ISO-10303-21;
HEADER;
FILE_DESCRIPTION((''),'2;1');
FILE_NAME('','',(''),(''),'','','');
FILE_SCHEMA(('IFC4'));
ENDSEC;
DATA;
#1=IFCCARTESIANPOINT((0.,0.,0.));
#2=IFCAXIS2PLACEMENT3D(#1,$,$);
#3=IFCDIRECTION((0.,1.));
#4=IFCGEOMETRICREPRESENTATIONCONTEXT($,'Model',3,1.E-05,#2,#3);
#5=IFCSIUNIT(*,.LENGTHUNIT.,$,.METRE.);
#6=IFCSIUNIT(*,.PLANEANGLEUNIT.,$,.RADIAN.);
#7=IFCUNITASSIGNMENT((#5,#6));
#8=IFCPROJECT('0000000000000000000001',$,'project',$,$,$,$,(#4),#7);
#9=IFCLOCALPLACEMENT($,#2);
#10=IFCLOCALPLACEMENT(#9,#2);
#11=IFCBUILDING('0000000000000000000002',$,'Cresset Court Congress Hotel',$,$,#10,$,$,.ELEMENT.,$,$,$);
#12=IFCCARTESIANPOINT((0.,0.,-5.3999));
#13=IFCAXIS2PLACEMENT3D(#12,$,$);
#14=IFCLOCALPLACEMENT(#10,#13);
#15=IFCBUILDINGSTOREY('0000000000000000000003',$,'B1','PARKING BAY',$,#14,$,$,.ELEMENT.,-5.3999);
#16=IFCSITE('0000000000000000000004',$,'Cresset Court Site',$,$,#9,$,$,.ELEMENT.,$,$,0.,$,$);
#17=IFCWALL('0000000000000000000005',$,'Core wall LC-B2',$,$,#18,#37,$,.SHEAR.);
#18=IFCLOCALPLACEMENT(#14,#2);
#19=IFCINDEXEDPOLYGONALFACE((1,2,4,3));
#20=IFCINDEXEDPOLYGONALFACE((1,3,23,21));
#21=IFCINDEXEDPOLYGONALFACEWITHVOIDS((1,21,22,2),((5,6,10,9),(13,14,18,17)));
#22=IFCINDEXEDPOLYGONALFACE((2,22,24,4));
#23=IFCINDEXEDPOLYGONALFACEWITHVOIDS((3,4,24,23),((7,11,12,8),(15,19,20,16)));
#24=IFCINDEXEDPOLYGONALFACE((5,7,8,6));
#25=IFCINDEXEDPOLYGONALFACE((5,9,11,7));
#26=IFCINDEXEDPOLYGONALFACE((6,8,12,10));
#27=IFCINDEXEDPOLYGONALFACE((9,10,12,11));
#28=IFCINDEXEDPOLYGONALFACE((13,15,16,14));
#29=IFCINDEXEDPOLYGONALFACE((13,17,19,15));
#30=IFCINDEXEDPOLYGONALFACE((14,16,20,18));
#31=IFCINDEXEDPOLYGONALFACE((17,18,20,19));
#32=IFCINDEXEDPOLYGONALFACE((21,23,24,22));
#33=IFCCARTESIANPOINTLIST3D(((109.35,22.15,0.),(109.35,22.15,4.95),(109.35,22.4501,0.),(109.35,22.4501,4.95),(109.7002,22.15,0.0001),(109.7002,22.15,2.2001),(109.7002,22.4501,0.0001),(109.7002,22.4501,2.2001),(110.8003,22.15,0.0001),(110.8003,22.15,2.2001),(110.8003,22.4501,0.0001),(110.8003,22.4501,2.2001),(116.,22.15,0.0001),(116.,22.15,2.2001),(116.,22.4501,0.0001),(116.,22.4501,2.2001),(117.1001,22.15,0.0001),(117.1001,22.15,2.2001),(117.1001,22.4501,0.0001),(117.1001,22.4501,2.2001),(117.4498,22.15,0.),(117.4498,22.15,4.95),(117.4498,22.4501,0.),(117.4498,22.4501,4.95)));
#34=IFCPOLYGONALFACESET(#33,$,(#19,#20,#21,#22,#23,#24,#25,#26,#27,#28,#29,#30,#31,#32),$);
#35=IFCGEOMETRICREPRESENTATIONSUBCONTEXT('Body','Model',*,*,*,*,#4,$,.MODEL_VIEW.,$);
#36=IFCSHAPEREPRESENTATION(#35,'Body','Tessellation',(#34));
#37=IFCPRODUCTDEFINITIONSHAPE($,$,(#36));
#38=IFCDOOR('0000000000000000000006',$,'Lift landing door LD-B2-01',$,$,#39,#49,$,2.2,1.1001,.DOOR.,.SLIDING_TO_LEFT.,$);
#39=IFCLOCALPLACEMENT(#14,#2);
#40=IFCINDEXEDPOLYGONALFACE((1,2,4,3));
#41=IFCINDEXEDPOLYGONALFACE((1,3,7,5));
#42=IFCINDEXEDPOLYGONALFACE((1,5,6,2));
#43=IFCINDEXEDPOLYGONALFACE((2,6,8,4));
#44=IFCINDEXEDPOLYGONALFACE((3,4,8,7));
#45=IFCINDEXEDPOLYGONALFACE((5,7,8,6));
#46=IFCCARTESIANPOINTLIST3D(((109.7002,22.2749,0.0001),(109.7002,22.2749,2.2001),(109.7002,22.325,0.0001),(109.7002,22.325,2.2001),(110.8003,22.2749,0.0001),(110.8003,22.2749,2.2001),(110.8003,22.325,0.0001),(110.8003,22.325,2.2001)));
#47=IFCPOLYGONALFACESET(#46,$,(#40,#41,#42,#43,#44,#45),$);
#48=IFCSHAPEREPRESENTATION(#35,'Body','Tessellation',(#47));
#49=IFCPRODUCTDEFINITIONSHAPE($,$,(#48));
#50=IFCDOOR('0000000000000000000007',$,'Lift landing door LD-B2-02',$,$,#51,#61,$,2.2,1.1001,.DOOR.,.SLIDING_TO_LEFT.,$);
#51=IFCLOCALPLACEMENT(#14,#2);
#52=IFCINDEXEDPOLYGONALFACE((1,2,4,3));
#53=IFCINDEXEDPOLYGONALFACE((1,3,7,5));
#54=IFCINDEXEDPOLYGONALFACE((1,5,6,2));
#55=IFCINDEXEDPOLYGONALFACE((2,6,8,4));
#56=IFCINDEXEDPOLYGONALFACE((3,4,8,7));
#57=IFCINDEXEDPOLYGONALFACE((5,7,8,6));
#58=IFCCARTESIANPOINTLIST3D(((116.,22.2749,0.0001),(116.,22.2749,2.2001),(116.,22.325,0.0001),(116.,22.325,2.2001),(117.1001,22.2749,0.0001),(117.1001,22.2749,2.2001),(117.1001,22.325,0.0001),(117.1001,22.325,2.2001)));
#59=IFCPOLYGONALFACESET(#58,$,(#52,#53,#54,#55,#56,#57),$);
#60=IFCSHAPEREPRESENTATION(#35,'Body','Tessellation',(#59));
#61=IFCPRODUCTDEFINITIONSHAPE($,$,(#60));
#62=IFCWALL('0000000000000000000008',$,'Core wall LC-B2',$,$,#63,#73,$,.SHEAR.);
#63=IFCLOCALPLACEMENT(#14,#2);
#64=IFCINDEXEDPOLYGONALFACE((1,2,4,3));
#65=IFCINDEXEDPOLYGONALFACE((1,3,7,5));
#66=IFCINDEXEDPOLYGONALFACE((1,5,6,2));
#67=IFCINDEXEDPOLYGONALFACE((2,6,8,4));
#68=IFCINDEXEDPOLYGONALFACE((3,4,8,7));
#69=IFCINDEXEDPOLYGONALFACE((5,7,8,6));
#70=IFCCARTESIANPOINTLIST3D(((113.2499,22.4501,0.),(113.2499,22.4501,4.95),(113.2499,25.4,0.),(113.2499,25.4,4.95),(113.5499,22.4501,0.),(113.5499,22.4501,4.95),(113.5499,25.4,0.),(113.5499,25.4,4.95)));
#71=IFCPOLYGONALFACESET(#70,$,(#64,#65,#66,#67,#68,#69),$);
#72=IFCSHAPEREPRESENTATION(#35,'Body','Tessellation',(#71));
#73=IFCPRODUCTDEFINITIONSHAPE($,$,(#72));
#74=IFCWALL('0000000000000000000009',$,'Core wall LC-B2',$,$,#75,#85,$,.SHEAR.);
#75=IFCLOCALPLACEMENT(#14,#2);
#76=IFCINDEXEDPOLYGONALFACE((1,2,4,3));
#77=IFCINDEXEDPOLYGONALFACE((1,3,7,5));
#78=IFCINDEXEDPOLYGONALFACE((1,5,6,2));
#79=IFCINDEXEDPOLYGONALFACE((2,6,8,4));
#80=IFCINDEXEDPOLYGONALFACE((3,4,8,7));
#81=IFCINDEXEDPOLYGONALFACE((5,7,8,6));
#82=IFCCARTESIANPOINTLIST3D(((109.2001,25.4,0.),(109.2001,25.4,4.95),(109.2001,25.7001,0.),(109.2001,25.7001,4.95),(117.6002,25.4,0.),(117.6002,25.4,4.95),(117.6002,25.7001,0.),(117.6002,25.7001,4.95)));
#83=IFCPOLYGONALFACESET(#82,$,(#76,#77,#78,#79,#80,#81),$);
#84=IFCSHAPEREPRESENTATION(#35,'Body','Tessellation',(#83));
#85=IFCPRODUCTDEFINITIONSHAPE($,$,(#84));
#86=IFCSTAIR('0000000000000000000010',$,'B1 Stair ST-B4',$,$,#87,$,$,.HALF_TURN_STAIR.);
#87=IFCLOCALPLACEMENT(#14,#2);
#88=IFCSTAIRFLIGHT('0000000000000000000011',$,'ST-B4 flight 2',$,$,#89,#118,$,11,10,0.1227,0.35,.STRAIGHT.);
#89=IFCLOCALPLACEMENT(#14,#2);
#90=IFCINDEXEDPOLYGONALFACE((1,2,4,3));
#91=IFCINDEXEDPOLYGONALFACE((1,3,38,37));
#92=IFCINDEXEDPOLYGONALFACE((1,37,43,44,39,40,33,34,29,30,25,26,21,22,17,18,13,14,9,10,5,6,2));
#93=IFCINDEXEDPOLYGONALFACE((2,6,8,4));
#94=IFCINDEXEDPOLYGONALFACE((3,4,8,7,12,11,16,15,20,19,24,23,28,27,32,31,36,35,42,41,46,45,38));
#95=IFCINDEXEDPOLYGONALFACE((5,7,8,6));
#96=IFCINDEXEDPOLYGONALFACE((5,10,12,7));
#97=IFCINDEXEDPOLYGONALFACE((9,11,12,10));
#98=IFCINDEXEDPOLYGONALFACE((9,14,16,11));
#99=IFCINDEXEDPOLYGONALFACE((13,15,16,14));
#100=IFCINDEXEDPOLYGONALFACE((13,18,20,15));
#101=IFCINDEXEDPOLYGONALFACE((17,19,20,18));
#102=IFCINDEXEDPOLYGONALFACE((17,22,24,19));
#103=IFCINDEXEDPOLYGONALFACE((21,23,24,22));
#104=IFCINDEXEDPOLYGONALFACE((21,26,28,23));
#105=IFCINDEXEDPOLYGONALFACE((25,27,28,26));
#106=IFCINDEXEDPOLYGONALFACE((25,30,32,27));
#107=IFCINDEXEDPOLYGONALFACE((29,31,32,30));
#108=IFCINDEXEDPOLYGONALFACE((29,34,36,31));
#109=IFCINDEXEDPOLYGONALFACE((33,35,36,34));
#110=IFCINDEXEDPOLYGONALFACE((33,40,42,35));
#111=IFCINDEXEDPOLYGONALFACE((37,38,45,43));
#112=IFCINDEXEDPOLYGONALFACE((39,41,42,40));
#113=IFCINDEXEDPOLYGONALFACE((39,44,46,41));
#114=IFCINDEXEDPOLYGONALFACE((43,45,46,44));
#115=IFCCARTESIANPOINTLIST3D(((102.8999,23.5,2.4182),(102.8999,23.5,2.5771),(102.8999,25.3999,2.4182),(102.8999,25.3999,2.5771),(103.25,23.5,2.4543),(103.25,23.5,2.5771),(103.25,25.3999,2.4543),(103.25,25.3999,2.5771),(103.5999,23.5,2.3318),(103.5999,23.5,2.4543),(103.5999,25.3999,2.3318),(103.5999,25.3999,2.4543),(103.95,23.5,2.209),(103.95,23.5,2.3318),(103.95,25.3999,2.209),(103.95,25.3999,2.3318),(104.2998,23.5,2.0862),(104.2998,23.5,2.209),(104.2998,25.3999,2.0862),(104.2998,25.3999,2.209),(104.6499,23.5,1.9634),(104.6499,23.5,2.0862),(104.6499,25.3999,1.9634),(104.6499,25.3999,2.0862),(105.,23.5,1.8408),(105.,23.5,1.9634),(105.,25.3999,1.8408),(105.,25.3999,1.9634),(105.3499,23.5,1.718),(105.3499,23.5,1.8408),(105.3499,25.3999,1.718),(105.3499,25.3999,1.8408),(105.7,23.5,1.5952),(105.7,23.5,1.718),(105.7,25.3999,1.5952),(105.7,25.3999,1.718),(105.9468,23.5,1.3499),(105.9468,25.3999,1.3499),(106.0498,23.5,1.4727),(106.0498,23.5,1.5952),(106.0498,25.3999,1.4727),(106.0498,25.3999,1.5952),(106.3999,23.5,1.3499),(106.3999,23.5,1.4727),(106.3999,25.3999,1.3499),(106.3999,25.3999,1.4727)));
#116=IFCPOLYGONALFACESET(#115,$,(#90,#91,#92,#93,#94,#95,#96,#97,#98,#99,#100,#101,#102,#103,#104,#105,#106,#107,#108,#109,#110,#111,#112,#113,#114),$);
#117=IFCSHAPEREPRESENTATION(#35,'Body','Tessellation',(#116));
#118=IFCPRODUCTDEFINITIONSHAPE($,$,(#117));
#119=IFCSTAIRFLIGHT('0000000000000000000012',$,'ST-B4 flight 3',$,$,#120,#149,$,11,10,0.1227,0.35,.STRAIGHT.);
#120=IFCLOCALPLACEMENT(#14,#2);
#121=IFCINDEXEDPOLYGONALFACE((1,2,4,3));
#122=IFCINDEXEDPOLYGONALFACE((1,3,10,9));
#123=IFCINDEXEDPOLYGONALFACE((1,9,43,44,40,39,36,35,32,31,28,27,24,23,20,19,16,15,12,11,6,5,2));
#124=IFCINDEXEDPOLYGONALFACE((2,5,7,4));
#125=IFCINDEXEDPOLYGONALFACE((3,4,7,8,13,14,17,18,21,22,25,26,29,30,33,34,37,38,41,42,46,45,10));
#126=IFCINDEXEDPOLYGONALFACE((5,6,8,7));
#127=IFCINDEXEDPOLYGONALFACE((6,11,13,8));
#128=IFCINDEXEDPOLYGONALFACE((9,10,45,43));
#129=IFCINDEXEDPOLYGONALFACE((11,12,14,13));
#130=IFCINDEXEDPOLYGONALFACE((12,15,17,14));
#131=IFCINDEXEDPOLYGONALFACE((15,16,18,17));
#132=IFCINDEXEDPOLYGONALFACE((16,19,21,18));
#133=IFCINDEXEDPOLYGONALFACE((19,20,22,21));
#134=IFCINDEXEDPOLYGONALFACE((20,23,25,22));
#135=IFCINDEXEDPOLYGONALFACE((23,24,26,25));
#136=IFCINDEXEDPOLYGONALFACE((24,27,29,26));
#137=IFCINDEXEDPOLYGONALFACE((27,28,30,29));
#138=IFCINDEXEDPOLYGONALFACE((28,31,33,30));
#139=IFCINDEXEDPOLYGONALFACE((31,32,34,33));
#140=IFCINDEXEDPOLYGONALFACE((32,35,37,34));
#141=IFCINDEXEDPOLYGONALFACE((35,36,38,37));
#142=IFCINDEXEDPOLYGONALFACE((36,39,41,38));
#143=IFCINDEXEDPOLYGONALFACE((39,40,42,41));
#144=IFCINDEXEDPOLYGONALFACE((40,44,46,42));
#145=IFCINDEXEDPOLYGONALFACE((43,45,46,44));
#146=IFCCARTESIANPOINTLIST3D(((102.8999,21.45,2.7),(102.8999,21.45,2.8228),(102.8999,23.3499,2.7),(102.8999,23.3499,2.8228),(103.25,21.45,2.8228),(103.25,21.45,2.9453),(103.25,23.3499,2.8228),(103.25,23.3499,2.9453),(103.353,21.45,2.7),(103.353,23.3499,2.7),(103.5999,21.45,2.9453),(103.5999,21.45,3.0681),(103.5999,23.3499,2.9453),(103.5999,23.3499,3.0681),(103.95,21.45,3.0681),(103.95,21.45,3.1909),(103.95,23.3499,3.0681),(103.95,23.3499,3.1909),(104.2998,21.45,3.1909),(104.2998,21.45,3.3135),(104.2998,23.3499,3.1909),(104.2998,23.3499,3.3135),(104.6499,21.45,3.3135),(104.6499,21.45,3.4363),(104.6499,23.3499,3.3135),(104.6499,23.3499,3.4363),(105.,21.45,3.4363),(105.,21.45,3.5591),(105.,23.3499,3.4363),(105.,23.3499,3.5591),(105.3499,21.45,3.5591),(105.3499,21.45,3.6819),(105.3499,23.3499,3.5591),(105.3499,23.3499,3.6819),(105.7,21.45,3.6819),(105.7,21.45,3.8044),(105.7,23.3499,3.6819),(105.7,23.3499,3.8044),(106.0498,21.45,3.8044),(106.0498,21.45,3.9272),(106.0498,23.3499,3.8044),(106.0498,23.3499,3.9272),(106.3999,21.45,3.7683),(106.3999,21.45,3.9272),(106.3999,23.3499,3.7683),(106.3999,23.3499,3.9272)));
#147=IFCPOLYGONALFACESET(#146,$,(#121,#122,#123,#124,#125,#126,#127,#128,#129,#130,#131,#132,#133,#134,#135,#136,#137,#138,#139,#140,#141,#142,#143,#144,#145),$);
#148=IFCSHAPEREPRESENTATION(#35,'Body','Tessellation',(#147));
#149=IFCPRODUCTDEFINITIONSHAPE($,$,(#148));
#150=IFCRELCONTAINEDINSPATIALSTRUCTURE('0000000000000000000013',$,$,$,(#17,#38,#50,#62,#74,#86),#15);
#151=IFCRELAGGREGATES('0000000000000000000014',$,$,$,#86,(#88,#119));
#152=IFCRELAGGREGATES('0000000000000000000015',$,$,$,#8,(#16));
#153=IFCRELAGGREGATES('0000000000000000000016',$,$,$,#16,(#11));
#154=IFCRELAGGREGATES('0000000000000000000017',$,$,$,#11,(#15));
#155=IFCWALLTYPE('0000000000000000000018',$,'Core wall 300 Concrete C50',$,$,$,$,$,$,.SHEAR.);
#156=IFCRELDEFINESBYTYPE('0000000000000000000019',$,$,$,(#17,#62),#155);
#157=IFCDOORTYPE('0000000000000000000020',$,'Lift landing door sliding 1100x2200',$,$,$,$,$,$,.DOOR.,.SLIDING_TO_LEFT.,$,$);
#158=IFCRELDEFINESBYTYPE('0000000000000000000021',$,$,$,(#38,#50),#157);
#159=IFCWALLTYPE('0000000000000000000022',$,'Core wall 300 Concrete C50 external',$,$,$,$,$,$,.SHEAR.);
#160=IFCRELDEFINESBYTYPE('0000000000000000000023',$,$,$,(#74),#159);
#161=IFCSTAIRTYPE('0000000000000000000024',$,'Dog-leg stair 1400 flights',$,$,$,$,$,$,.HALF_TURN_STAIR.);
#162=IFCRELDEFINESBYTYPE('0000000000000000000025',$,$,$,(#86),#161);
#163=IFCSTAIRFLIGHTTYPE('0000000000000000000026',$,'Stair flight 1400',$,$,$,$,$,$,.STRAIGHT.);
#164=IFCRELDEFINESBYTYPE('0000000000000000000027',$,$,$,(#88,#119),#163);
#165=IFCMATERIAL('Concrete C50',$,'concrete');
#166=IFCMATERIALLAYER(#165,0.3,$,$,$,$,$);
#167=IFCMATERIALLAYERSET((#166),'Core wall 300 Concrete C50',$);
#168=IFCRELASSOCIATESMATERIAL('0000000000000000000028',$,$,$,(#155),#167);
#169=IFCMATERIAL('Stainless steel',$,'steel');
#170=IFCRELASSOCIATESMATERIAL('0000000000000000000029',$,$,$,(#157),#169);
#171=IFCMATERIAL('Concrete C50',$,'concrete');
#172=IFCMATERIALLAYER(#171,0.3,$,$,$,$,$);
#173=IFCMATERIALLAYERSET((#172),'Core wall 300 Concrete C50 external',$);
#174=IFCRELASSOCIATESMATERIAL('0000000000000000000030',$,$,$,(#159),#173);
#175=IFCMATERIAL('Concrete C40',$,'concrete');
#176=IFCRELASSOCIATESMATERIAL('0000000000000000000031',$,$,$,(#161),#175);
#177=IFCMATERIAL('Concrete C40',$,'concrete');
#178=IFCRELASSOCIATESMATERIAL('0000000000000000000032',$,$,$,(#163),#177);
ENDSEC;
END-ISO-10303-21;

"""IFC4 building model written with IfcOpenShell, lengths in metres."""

from ifc_helpers import new_model, si_unit, direction, frame, frame_2d, origin, place, context, subcontext, project, spatial, polyline, rectangle, outline, extrude, material, layer, layer_set, type_object, element, fill, aggregate, save


model = new_model("IFC4")

# Units and contexts
model_context = context("Model", 3, precision=1e-05, world=origin(), true_north=direction((0.0, 1.0)))
body_context = subcontext(model_context, "Body", "Model", "MODEL_VIEW")
ifc_project = project(units=[si_unit("LENGTHUNIT", "METRE"), si_unit("PLANEANGLEUNIT", "RADIAN")], contexts=[model_context])

# Site, building, storey
site_placement = place(None, origin())
site = spatial("IfcSite", under=ifc_project, at=site_placement, Name="Cresset Court Site", CompositionType="ELEMENT", RefElevation=0.0)
building_placement = place(site_placement, origin())
building = spatial("IfcBuilding", under=site, at=building_placement, Name="Cresset Court Congress Hotel", CompositionType="ELEMENT")
storey_placement = place(building_placement, frame((0.0, 0.0, -5.3999)))
storey = spatial("IfcBuildingStorey", under=building, at=storey_placement, Name="B1", Description="PARKING BAY", CompositionType="ELEMENT", Elevation=-5.3999)

# Wall, openings, doors
ifc_material_1 = material(Name="Concrete C50", Category="concrete")
ifc_layer_1 = layer(ifc_material_1, 0.3)
ifc_layer_set_1 = layer_set([ifc_layer_1], Name="Core wall 300 Concrete C50")
wall_type_1 = type_object("IfcWallType", Name="Core wall 300 Concrete C50", PredefinedType="SHEAR", material=ifc_layer_set_1)
wall_1_placement = place(storey_placement, frame((109.3501, 22.3, 0.0), z_axis=(0.0, 0.0, 1.0), x_axis=(1.0, 0.0, 0.0)))
wall_1 = element("IfcWall", 1, at=wall_1_placement, inside=storey, type_object=wall_type_1, Name="Core wall LC-B2", PredefinedType="SHEAR", context=body_context, shape_type="SweptSolid", body=[
    extrude(rectangle(XDim=8.0999, YDim=0.3, at=frame_2d((4.0498, 0.0))), origin(), (0.0, 0.0, 1.0), 4.95),
])
opening_1_placement = place(wall_1_placement, frame((0.3501, 0.0, 0.0)))
opening_1 = element("IfcOpeningElement", 2, at=opening_1_placement, cuts=wall_1, PredefinedType="OPENING", context=body_context, shape_type="SweptSolid", body=[
    extrude(rectangle(XDim=1.1001, YDim=2.2, at=frame_2d((0.55, 1.1001))), frame((0.0, 0.1599, 0.0), z_axis=(0.0, -1.0, 0.0), x_axis=(1.0, 0.0, 0.0)), (0.0, 0.0, 1.0), 0.3201),
])
opening_2_placement = place(wall_1_placement, frame((6.6499, 0.0, 0.0)))
opening_2 = element("IfcOpeningElement", 3, at=opening_2_placement, cuts=wall_1, PredefinedType="OPENING", context=body_context, shape_type="SweptSolid", body=[
    extrude(rectangle(XDim=1.1001, YDim=2.2, at=frame_2d((0.55, 1.1001))), frame((0.0, 0.1599, 0.0), z_axis=(0.0, -1.0, 0.0), x_axis=(1.0, 0.0, 0.0)), (0.0, 0.0, 1.0), 0.3201),
])
ifc_material_2 = material(Name="Stainless steel", Category="steel")
door_type = type_object("IfcDoorType", Name="Lift landing door sliding 1100x2200", OperationType="SLIDING_TO_LEFT", PredefinedType="DOOR", material=ifc_material_2)
door_1_placement = place(opening_1_placement, origin())
door_1 = element("IfcDoor", 4, at=door_1_placement, inside=storey, type_object=door_type, Name="Lift landing door LD-B2-01", OperationType="SLIDING_TO_LEFT", OverallHeight=2.2, OverallWidth=1.1001, PredefinedType="DOOR", context=body_context, shape_type="SweptSolid", body=[
    extrude(rectangle(XDim=1.1001, YDim=2.2, at=frame_2d((0.55, 1.1001))), frame((0.0, 0.0249, 0.0), z_axis=(0.0, -1.0, 0.0), x_axis=(1.0, 0.0, 0.0)), (0.0, 0.0, 1.0), 0.05),
])
fill(opening_1, door_1)
door_2_placement = place(opening_2_placement, origin())
door_2 = element("IfcDoor", 5, at=door_2_placement, inside=storey, type_object=door_type, Name="Lift landing door LD-B2-02", OperationType="SLIDING_TO_LEFT", OverallHeight=2.2, OverallWidth=1.1001, PredefinedType="DOOR", context=body_context, shape_type="SweptSolid", body=[
    extrude(rectangle(XDim=1.1001, YDim=2.2, at=frame_2d((0.55, 1.1001))), frame((0.0, 0.0249, 0.0), z_axis=(0.0, -1.0, 0.0), x_axis=(1.0, 0.0, 0.0)), (0.0, 0.0, 1.0), 0.05),
])
fill(opening_2, door_2)

# Walls
wall_2_placement = place(storey_placement, frame((113.3999, 22.45, 0.0), z_axis=(0.0, 0.0, 1.0), x_axis=(0.0, 1.0, 0.0)))
element("IfcWall", 6, at=wall_2_placement, inside=storey, type_object=wall_type_1, Name="Core wall LC-B2", PredefinedType="SHEAR", context=body_context, shape_type="SweptSolid", body=[
    extrude(rectangle(XDim=2.95, YDim=0.3, at=frame_2d((1.4751, 0.0))), origin(), (0.0, 0.0, 1.0), 4.95),
])
ifc_material_3 = material(Name="Concrete C50", Category="concrete")
ifc_layer_2 = layer(ifc_material_3, 0.3)
ifc_layer_set_2 = layer_set([ifc_layer_2], Name="Core wall 300 Concrete C50 external")
wall_type_2 = type_object("IfcWallType", Name="Core wall 300 Concrete C50 external", PredefinedType="SHEAR", material=ifc_layer_set_2)
wall_3_placement = place(storey_placement, frame((109.2, 25.55, 0.0), z_axis=(0.0, 0.0, 1.0), x_axis=(1.0, 0.0, 0.0)))
element("IfcWall", 7, at=wall_3_placement, inside=storey, type_object=wall_type_2, Name="Core wall LC-B2", PredefinedType="SHEAR", context=body_context, shape_type="SweptSolid", body=[
    extrude(rectangle(XDim=8.4001, YDim=0.3, at=frame_2d((4.2002, 0.0))), origin(), (0.0, 0.0, 1.0), 4.95),
])

# Stair, stair flights
ifc_material_4 = material(Name="Concrete C40", Category="concrete")
stair_type = type_object("IfcStairType", Name="Dog-leg stair 1400 flights", PredefinedType="HALF_TURN_STAIR", material=ifc_material_4)
stair_placement = place(storey_placement, origin())
stair = element("IfcStair", 8, at=stair_placement, inside=storey, type_object=stair_type, Name="B1 Stair ST-B4", PredefinedType="HALF_TURN_STAIR")
ifc_material_5 = material(Name="Concrete C40", Category="concrete")
stair_flight_type = type_object("IfcStairFlightType", Name="Stair flight 1400", PredefinedType="STRAIGHT", material=ifc_material_5)
stair_flight_1_placement = place(storey_placement, frame((106.3999, 24.45, 1.3499), z_axis=(0.0, 0.0, 1.0), x_axis=(-1.0, 0.0, 0.0)))
stair_flight_1 = element("IfcStairFlight", 9, at=stair_flight_1_placement, type_object=stair_flight_type, Name="ST-B4 flight 2", NumberOfRisers=11, NumberOfTreads=10, PredefinedType="STRAIGHT", RiserHeight=0.1227, TreadLength=0.35, context=body_context, shape_type="SweptSolid", body=[
    extrude(outline(polyline([(0.0, 0.0), (0.0, 0.1228), (0.3501, 0.1228), (0.3501, 0.2454), (0.7, 0.2454), (0.7, 0.3682), (1.05, 0.3682), (1.05, 0.491), (1.3999, 0.491), (1.3999, 0.6135), (1.75, 0.6135), (1.75, 0.7363), (2.1001, 0.7363), (2.1001, 0.8591), (2.45, 0.8591), (2.45, 0.9819), (2.8, 0.9819), (2.8, 1.1045), (3.1499, 1.1045), (3.1499, 1.2273), (3.5, 1.2273), (3.5, 1.3501), (3.5, 1.0684), (0.4531, 0.0), (0.0, 0.0)])), frame((0.0, 0.95, 0.0), z_axis=(0.0, -1.0, 0.0), x_axis=(1.0, 0.0, 0.0)), (0.0, 0.0, 1.0), 1.8999),
])
stair_flight_2_placement = place(storey_placement, frame((102.8999, 22.3999, 2.7), z_axis=(0.0, 0.0, 1.0), x_axis=(1.0, 0.0, 0.0)))
stair_flight_2 = element("IfcStairFlight", 10, at=stair_flight_2_placement, type_object=stair_flight_type, Name="ST-B4 flight 3", NumberOfRisers=11, NumberOfTreads=10, PredefinedType="STRAIGHT", RiserHeight=0.1227, TreadLength=0.35, context=body_context, shape_type="SweptSolid", body=[
    extrude(outline(polyline([(0.0, 0.0), (0.0, 0.1228), (0.3501, 0.1228), (0.3501, 0.2454), (0.7, 0.2454), (0.7, 0.3682), (1.05, 0.3682), (1.05, 0.491), (1.3999, 0.491), (1.3999, 0.6135), (1.75, 0.6135), (1.75, 0.7363), (2.1001, 0.7363), (2.1001, 0.8591), (2.45, 0.8591), (2.45, 0.9819), (2.8, 0.9819), (2.8, 1.1045), (3.1499, 1.1045), (3.1499, 1.2273), (3.5, 1.2273), (3.5, 1.3501), (3.5, 1.0684), (0.4531, 0.0), (0.0, 0.0)])), frame((0.0, 0.95, 0.0), z_axis=(0.0, -1.0, 0.0), x_axis=(1.0, 0.0, 0.0)), (0.0, 0.0, 1.0), 1.8999),
])
aggregate(stair, [stair_flight_1, stair_flight_2])

save(model, "model.ifc")
